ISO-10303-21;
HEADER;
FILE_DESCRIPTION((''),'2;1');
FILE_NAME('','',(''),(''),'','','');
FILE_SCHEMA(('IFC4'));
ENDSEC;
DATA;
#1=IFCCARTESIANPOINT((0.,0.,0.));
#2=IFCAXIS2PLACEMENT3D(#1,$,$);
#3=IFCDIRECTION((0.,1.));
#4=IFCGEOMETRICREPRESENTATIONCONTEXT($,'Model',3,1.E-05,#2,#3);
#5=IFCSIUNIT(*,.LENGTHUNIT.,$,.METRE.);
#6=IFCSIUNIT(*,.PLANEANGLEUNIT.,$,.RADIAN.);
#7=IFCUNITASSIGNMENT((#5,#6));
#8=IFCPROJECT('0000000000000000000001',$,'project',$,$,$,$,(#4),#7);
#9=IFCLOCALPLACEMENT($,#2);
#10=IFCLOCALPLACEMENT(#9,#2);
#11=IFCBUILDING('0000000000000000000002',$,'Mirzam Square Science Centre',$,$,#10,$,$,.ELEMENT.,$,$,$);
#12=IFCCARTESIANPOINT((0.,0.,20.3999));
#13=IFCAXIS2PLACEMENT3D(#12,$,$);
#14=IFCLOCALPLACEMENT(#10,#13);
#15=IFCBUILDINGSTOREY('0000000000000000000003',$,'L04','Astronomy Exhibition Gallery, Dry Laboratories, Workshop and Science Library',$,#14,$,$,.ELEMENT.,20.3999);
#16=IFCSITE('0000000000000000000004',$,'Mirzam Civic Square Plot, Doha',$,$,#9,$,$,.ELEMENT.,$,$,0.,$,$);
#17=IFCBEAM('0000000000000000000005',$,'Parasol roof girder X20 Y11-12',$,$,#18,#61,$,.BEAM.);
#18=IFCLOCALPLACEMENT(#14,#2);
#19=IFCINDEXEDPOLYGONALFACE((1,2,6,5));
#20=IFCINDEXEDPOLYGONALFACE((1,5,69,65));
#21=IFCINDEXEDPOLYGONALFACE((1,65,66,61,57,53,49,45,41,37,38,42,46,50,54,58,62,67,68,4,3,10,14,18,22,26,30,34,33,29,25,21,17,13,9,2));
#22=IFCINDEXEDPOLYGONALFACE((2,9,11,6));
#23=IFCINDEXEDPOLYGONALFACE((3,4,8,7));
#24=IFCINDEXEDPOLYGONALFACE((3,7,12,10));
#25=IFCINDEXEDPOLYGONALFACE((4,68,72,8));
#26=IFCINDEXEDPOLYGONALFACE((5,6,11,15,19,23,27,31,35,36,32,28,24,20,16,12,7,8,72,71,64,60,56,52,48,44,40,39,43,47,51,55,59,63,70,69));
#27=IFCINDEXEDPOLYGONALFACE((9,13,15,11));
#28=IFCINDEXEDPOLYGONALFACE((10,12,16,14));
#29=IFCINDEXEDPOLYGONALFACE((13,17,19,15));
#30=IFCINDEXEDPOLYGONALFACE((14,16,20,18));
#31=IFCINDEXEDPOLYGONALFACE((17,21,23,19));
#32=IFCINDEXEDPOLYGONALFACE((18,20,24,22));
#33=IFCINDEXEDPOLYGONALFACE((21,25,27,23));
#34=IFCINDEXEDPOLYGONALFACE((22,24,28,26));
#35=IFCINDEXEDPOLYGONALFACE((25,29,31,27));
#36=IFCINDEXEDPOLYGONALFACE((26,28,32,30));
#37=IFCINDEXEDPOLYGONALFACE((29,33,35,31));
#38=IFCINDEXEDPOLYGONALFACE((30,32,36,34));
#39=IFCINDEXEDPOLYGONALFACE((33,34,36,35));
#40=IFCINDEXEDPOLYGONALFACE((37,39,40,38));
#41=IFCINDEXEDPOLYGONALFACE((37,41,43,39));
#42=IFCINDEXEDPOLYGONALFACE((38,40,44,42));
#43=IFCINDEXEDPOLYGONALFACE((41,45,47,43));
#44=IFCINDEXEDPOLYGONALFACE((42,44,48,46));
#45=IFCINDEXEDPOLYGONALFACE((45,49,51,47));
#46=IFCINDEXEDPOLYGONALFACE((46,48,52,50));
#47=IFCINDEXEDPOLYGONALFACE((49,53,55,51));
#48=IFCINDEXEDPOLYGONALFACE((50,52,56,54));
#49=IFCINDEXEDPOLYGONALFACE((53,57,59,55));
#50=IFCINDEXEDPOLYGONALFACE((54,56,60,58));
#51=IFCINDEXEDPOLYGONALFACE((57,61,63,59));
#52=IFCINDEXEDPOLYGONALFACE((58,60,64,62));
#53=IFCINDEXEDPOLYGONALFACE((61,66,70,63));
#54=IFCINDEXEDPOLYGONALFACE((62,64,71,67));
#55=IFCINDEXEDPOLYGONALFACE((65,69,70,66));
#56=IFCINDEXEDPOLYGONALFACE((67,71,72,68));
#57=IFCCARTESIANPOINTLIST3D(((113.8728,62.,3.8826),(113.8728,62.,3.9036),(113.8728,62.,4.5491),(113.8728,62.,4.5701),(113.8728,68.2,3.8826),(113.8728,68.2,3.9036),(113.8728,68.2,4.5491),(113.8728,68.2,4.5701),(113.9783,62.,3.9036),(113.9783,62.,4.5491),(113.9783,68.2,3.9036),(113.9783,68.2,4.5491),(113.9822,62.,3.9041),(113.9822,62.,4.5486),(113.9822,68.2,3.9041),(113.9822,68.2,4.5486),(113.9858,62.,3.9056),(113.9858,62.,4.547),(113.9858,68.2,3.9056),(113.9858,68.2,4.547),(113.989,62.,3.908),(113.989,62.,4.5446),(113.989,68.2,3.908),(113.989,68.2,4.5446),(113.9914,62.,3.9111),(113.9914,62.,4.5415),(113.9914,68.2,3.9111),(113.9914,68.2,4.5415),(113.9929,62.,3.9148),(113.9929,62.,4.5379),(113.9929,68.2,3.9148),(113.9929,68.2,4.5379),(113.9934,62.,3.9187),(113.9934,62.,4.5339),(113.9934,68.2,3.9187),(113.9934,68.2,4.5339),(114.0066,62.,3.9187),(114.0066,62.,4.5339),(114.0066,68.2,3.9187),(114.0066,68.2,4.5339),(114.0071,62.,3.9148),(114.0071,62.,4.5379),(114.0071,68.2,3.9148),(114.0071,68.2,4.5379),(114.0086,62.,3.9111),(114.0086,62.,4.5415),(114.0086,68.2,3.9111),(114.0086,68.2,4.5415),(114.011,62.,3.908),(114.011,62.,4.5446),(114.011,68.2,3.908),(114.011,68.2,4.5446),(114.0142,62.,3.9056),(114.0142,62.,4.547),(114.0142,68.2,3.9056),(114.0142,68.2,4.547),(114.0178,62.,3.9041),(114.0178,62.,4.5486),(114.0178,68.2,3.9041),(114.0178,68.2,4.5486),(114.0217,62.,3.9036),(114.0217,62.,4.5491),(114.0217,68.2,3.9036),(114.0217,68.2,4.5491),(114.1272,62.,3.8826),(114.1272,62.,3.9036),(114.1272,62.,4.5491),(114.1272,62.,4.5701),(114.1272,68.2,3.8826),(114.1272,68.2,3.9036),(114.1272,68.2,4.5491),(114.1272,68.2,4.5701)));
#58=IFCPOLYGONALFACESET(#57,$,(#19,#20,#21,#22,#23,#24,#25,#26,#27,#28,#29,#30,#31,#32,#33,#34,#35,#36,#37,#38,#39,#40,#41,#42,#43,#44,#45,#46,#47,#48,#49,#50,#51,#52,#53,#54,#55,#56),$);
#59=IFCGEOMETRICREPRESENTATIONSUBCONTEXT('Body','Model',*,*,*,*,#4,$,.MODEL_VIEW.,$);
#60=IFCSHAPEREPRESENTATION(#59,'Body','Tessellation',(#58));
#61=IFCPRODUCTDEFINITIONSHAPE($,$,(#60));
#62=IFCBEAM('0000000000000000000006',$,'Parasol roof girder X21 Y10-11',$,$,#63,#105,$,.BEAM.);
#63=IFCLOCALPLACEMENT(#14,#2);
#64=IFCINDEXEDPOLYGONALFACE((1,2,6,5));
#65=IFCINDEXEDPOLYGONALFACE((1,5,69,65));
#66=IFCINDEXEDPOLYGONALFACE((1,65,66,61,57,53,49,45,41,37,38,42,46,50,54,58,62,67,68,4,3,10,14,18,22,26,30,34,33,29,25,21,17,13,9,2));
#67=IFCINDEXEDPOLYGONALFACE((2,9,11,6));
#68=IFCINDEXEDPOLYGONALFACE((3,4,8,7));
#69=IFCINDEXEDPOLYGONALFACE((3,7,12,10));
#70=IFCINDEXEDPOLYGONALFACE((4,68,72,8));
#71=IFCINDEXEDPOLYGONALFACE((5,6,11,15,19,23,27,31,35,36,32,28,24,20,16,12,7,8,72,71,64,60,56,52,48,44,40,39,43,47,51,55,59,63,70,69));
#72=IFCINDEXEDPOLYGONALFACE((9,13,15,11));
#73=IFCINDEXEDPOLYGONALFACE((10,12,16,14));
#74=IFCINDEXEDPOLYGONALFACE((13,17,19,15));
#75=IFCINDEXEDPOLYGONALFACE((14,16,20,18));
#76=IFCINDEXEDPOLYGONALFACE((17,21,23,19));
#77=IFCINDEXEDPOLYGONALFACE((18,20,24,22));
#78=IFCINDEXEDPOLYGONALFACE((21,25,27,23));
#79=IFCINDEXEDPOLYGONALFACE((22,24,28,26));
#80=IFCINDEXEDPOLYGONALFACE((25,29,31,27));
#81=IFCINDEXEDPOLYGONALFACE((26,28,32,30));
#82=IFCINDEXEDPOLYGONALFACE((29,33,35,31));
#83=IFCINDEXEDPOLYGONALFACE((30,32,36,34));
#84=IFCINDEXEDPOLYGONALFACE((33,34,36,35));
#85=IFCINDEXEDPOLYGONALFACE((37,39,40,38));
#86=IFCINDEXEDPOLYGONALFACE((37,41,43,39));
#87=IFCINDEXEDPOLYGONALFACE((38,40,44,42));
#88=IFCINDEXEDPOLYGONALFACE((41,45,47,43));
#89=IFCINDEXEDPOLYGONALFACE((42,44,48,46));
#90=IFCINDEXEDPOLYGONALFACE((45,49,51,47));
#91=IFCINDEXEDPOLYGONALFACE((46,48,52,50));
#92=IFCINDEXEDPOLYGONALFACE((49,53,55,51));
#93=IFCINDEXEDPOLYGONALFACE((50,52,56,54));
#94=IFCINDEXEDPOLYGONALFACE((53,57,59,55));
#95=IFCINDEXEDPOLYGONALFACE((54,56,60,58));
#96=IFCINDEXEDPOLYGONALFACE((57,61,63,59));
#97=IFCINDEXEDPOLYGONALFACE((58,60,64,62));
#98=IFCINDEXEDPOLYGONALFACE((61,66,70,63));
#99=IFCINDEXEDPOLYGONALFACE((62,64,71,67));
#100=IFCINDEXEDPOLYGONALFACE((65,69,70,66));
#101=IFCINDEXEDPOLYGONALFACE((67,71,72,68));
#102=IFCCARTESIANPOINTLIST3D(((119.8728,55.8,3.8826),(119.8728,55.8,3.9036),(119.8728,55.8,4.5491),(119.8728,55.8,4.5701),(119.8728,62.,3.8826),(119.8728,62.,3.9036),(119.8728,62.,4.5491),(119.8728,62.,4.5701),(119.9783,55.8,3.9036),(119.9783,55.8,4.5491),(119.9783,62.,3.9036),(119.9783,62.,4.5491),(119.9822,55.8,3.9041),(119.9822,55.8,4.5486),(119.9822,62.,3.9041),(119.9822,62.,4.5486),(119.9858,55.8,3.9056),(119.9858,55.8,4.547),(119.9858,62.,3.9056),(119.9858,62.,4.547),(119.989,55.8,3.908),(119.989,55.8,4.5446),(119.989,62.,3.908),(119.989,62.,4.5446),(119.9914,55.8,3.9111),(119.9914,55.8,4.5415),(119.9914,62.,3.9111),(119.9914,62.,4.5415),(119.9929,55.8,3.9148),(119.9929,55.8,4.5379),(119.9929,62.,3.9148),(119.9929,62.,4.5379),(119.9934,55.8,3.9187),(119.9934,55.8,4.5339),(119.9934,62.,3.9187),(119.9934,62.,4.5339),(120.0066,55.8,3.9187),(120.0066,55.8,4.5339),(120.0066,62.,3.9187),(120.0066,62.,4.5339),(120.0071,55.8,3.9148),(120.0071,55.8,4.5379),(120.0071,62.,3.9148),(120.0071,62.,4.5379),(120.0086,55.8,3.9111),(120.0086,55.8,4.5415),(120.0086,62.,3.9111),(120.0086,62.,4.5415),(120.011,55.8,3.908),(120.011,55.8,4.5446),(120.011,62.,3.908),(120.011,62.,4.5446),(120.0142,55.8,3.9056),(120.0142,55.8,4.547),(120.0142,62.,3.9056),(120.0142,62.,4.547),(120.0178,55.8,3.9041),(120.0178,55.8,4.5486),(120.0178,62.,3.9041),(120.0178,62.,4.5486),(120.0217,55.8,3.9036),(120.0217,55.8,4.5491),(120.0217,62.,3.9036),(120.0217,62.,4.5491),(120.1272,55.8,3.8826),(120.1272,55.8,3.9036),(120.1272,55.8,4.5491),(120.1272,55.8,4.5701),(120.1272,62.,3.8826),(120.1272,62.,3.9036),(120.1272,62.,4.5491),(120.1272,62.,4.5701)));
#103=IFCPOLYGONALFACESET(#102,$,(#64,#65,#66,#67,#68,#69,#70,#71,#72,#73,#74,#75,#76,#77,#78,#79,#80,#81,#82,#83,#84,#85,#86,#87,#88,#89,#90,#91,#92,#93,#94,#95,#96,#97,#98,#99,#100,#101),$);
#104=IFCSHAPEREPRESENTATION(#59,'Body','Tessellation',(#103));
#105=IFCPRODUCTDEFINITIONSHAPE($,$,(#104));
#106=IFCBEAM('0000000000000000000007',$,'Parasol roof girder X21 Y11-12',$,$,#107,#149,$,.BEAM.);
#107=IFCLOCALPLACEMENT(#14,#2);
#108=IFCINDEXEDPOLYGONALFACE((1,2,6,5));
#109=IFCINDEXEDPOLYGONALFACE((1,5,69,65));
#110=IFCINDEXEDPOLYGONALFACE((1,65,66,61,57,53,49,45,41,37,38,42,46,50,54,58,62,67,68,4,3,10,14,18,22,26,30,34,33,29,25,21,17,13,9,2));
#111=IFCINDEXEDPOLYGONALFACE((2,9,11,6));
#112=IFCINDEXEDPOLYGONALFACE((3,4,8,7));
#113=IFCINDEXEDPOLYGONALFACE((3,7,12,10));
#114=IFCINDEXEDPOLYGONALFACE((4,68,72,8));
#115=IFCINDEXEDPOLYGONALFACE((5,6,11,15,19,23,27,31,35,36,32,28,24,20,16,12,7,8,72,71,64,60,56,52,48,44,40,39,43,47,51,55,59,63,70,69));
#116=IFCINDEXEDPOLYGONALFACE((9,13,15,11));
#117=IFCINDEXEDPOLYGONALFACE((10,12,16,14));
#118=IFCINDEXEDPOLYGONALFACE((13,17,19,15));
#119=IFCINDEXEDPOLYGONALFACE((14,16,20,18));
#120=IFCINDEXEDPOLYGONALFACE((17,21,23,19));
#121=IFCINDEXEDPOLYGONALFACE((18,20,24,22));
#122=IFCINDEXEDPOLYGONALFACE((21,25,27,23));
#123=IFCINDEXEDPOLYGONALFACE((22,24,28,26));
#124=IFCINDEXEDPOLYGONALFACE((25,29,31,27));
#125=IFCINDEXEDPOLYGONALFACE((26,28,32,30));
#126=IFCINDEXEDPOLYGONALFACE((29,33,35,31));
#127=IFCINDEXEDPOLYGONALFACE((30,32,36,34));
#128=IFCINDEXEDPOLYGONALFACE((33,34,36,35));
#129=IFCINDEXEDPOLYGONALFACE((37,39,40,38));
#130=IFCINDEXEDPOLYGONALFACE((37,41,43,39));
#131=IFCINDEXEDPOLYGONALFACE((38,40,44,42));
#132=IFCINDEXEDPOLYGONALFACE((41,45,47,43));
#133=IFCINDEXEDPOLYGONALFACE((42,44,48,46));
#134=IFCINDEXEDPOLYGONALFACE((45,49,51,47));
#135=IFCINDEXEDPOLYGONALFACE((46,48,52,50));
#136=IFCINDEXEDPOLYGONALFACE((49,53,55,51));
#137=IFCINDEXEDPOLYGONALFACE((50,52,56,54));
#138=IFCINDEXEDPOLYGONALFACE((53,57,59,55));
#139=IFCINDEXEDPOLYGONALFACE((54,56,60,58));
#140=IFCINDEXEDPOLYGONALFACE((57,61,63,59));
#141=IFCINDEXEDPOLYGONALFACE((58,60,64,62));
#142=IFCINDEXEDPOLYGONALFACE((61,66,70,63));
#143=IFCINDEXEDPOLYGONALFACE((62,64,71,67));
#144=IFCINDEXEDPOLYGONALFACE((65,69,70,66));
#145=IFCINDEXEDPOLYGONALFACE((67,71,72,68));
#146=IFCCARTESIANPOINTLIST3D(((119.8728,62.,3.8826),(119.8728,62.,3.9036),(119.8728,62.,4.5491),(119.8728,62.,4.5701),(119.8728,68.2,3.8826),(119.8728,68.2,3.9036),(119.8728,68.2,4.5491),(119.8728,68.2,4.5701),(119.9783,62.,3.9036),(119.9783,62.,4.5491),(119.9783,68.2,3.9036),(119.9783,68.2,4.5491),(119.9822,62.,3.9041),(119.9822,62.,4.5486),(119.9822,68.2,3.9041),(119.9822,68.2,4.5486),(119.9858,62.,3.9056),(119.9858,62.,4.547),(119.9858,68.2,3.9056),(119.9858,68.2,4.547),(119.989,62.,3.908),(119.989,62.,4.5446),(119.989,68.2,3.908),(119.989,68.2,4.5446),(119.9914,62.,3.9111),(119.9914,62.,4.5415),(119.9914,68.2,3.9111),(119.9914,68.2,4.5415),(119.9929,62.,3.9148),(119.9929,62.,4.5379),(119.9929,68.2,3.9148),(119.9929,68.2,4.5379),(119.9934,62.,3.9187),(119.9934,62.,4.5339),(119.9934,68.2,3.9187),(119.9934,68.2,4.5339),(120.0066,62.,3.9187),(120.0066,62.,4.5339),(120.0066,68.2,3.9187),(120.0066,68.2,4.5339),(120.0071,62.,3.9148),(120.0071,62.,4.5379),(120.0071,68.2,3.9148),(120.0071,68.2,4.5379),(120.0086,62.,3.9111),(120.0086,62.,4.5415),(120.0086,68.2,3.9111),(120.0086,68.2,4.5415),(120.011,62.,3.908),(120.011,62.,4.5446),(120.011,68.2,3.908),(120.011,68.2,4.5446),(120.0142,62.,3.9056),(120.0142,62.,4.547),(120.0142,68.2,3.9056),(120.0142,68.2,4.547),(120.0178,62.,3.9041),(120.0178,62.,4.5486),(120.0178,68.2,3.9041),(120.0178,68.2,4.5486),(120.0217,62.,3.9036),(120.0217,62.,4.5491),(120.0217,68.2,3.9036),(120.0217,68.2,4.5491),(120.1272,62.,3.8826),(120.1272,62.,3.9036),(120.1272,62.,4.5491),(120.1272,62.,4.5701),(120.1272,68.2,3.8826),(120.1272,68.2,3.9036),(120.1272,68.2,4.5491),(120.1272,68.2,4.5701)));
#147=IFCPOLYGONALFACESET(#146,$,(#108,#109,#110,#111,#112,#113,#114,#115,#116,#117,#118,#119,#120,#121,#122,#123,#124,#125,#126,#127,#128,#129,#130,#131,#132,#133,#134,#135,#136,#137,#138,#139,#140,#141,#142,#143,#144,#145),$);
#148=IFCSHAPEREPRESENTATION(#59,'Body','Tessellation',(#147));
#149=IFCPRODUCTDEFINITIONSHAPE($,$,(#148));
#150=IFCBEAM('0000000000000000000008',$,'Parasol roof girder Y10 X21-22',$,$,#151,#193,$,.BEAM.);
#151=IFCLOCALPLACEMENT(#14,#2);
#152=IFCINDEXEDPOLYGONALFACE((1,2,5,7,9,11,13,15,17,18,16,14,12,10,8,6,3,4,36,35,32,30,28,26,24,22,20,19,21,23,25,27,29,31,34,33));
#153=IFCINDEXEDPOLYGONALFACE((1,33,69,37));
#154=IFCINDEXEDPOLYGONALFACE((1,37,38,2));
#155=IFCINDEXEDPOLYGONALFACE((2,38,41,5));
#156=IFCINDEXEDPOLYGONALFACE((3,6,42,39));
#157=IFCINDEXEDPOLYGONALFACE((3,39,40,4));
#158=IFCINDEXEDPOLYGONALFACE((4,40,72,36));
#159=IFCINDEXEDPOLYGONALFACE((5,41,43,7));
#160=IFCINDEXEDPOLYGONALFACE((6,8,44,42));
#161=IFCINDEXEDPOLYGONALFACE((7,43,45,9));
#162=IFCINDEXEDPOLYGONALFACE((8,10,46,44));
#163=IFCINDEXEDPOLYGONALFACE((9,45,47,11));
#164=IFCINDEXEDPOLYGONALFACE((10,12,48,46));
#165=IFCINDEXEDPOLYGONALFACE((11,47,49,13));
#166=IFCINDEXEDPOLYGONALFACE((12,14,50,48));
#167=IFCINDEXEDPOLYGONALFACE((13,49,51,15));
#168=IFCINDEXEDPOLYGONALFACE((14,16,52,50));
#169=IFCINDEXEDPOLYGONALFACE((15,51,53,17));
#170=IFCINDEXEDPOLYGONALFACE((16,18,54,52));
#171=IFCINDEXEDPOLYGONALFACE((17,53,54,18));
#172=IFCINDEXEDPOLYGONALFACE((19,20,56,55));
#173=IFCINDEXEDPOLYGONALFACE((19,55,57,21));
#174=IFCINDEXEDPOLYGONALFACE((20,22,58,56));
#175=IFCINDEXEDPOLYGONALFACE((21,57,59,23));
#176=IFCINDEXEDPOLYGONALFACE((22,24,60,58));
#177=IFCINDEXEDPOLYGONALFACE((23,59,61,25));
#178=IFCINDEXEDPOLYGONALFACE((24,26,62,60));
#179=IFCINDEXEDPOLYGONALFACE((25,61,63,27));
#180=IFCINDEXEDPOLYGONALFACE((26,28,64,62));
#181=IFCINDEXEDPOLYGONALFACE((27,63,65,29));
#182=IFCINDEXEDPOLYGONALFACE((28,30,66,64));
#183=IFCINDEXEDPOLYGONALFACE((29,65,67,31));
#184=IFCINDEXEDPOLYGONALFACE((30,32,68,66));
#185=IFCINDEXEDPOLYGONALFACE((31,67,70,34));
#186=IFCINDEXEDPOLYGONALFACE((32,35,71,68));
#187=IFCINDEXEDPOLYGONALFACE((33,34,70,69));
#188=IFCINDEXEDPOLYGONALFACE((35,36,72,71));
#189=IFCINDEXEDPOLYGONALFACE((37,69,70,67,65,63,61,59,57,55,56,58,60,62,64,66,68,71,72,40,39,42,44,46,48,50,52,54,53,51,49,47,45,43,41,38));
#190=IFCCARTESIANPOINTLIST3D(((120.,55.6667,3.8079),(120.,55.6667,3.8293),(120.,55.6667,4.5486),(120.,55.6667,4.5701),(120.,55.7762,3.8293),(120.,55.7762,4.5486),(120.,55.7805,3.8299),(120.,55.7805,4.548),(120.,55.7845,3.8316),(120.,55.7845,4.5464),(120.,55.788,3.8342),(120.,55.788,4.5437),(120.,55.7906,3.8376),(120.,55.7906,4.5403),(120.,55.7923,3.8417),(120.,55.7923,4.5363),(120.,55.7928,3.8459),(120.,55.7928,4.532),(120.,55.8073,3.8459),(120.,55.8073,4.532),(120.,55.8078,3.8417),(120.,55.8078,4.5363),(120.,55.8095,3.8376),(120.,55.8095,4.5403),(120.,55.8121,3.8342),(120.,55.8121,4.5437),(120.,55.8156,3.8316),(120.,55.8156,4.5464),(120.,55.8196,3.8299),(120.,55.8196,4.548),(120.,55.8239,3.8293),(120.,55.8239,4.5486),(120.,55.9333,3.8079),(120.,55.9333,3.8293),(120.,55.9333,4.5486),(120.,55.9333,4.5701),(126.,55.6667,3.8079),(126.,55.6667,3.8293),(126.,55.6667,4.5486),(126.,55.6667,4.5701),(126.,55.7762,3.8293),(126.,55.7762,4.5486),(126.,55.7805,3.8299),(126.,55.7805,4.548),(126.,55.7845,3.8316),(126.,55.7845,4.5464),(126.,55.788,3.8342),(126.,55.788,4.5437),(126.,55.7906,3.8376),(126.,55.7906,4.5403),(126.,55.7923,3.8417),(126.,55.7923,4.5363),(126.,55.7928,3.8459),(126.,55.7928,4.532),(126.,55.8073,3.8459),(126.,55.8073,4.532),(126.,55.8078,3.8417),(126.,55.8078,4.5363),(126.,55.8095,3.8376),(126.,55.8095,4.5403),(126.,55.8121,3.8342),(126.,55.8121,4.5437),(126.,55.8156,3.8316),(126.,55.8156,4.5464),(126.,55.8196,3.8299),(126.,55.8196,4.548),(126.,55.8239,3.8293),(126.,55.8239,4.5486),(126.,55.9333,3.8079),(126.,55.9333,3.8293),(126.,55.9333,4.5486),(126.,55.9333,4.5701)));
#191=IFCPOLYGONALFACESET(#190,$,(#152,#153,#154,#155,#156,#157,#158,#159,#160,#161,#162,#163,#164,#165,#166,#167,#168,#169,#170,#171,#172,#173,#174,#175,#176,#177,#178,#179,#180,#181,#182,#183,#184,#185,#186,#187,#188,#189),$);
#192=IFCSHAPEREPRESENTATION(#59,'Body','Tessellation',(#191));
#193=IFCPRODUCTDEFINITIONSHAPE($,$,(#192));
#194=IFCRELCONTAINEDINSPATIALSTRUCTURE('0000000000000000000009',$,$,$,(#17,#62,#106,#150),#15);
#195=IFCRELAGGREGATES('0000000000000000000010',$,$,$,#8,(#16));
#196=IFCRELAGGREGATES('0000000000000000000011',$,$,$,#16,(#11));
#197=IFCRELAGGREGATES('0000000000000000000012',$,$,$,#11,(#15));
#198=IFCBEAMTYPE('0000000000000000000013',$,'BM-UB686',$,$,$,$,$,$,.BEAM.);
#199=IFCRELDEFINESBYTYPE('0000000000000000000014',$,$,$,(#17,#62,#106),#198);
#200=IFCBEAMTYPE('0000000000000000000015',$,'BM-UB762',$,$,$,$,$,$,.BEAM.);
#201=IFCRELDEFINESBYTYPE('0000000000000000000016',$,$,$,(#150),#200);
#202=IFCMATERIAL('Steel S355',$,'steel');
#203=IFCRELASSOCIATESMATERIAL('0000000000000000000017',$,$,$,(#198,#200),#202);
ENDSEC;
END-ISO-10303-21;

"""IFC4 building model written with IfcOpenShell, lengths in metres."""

from ifc_helpers import new_model, si_unit, direction, frame, origin, origin_2d, place, context, subcontext, project, spatial, i_section, extrude, material, material_profile, profile_set, type_object, element, save


model = new_model("IFC4")

# Units and contexts
model_context = context("Model", 3, precision=1e-05, world=origin(), true_north=direction((0.0, 1.0)))
body_context = subcontext(model_context, "Body", "Model", "MODEL_VIEW")
ifc_project = project(units=[si_unit("LENGTHUNIT", "METRE"), si_unit("PLANEANGLEUNIT", "RADIAN")], contexts=[model_context])

# Site, building, storey
site_placement = place(None, origin())
site = spatial("IfcSite", under=ifc_project, at=site_placement, Name="Mirzam Civic Square Plot, Doha", CompositionType="ELEMENT", RefElevation=0.0)
building_placement = place(site_placement, origin())
building = spatial("IfcBuilding", under=site, at=building_placement, Name="Mirzam Square Science Centre", CompositionType="ELEMENT")
storey_placement = place(building_placement, frame((0.0, 0.0, 20.3999)))
storey = spatial("IfcBuildingStorey", under=building, at=storey_placement, Name="L04", Description="Astronomy Exhibition Gallery, Dry Laboratories, Workshop and Science Library", CompositionType="ELEMENT", Elevation=20.3999)

# Shared definitions
ifc_material_1 = material(Name="Steel S355", Category="steel")

# Beams
ifc_material_profile_1 = material_profile(ifc_material_1, i_section(OverallWidth=0.2544, OverallDepth=0.6875, WebThickness=0.0132, FlangeThickness=0.021, FilletRadius=0.0151, at=origin_2d()), Name="686x254x152UB")
ifc_profile_set_1 = profile_set([ifc_material_profile_1], Name="Steel S355")
beam_type_1 = type_object("IfcBeamType", Name="BM-UB686", PredefinedType="BEAM", material=ifc_profile_set_1)
for number, where, z_axis, x_axis, name in (
    (1, (114.0, 62.0, 4.2263), (0.0, 1.0, 0.0), (-1.0, 0.0, 0.0), "Parasol roof girder X20 Y11-12"),
    (2, (120.0, 55.8, 4.2263), (0.0, 1.0, 0.0), (-1.0, 0.0, 0.0), "Parasol roof girder X21 Y10-11"),
    (3, (120.0, 62.0, 4.2263), (0.0, 1.0, 0.0), (-1.0, 0.0, 0.0), "Parasol roof girder X21 Y11-12"),
):
    element("IfcBeam", number, at=place(storey_placement, frame(where, z_axis=z_axis, x_axis=x_axis)), inside=storey, type_object=beam_type_1, Name=name, PredefinedType="BEAM", context=body_context, shape_type="SweptSolid", body=[
        extrude(i_section(OverallWidth=0.2544, OverallDepth=0.6875, WebThickness=0.0132, FlangeThickness=0.021, FilletRadius=0.0151, at=origin_2d()), origin(), (0.0, 0.0, 1.0), 6.2),
    ])
ifc_material_profile_2 = material_profile(ifc_material_1, i_section(OverallWidth=0.2666, OverallDepth=0.7622, WebThickness=0.0144, FlangeThickness=0.0215, FilletRadius=0.0166, at=origin_2d()), Name="762x267x173UB")
ifc_profile_set_2 = profile_set([ifc_material_profile_2], Name="Steel S355")
beam_type_2 = type_object("IfcBeamType", Name="BM-UB762", PredefinedType="BEAM", material=ifc_profile_set_2)
for number, where, z_axis, x_axis, name in (
    (4, (120.0, 55.8, 4.189), (1.0, 0.0, 0.0), (0.0, 1.0, 0.0), "Parasol roof girder Y10 X21-22"),
):
    element("IfcBeam", number, at=place(storey_placement, frame(where, z_axis=z_axis, x_axis=x_axis)), inside=storey, type_object=beam_type_2, Name=name, PredefinedType="BEAM", context=body_context, shape_type="SweptSolid", body=[
        extrude(i_section(OverallWidth=0.2666, OverallDepth=0.7622, WebThickness=0.0144, FlangeThickness=0.0215, FilletRadius=0.0166, at=origin_2d()), origin(), (0.0, 0.0, 1.0), 6.0),
    ])

save(model, "model.ifc")
